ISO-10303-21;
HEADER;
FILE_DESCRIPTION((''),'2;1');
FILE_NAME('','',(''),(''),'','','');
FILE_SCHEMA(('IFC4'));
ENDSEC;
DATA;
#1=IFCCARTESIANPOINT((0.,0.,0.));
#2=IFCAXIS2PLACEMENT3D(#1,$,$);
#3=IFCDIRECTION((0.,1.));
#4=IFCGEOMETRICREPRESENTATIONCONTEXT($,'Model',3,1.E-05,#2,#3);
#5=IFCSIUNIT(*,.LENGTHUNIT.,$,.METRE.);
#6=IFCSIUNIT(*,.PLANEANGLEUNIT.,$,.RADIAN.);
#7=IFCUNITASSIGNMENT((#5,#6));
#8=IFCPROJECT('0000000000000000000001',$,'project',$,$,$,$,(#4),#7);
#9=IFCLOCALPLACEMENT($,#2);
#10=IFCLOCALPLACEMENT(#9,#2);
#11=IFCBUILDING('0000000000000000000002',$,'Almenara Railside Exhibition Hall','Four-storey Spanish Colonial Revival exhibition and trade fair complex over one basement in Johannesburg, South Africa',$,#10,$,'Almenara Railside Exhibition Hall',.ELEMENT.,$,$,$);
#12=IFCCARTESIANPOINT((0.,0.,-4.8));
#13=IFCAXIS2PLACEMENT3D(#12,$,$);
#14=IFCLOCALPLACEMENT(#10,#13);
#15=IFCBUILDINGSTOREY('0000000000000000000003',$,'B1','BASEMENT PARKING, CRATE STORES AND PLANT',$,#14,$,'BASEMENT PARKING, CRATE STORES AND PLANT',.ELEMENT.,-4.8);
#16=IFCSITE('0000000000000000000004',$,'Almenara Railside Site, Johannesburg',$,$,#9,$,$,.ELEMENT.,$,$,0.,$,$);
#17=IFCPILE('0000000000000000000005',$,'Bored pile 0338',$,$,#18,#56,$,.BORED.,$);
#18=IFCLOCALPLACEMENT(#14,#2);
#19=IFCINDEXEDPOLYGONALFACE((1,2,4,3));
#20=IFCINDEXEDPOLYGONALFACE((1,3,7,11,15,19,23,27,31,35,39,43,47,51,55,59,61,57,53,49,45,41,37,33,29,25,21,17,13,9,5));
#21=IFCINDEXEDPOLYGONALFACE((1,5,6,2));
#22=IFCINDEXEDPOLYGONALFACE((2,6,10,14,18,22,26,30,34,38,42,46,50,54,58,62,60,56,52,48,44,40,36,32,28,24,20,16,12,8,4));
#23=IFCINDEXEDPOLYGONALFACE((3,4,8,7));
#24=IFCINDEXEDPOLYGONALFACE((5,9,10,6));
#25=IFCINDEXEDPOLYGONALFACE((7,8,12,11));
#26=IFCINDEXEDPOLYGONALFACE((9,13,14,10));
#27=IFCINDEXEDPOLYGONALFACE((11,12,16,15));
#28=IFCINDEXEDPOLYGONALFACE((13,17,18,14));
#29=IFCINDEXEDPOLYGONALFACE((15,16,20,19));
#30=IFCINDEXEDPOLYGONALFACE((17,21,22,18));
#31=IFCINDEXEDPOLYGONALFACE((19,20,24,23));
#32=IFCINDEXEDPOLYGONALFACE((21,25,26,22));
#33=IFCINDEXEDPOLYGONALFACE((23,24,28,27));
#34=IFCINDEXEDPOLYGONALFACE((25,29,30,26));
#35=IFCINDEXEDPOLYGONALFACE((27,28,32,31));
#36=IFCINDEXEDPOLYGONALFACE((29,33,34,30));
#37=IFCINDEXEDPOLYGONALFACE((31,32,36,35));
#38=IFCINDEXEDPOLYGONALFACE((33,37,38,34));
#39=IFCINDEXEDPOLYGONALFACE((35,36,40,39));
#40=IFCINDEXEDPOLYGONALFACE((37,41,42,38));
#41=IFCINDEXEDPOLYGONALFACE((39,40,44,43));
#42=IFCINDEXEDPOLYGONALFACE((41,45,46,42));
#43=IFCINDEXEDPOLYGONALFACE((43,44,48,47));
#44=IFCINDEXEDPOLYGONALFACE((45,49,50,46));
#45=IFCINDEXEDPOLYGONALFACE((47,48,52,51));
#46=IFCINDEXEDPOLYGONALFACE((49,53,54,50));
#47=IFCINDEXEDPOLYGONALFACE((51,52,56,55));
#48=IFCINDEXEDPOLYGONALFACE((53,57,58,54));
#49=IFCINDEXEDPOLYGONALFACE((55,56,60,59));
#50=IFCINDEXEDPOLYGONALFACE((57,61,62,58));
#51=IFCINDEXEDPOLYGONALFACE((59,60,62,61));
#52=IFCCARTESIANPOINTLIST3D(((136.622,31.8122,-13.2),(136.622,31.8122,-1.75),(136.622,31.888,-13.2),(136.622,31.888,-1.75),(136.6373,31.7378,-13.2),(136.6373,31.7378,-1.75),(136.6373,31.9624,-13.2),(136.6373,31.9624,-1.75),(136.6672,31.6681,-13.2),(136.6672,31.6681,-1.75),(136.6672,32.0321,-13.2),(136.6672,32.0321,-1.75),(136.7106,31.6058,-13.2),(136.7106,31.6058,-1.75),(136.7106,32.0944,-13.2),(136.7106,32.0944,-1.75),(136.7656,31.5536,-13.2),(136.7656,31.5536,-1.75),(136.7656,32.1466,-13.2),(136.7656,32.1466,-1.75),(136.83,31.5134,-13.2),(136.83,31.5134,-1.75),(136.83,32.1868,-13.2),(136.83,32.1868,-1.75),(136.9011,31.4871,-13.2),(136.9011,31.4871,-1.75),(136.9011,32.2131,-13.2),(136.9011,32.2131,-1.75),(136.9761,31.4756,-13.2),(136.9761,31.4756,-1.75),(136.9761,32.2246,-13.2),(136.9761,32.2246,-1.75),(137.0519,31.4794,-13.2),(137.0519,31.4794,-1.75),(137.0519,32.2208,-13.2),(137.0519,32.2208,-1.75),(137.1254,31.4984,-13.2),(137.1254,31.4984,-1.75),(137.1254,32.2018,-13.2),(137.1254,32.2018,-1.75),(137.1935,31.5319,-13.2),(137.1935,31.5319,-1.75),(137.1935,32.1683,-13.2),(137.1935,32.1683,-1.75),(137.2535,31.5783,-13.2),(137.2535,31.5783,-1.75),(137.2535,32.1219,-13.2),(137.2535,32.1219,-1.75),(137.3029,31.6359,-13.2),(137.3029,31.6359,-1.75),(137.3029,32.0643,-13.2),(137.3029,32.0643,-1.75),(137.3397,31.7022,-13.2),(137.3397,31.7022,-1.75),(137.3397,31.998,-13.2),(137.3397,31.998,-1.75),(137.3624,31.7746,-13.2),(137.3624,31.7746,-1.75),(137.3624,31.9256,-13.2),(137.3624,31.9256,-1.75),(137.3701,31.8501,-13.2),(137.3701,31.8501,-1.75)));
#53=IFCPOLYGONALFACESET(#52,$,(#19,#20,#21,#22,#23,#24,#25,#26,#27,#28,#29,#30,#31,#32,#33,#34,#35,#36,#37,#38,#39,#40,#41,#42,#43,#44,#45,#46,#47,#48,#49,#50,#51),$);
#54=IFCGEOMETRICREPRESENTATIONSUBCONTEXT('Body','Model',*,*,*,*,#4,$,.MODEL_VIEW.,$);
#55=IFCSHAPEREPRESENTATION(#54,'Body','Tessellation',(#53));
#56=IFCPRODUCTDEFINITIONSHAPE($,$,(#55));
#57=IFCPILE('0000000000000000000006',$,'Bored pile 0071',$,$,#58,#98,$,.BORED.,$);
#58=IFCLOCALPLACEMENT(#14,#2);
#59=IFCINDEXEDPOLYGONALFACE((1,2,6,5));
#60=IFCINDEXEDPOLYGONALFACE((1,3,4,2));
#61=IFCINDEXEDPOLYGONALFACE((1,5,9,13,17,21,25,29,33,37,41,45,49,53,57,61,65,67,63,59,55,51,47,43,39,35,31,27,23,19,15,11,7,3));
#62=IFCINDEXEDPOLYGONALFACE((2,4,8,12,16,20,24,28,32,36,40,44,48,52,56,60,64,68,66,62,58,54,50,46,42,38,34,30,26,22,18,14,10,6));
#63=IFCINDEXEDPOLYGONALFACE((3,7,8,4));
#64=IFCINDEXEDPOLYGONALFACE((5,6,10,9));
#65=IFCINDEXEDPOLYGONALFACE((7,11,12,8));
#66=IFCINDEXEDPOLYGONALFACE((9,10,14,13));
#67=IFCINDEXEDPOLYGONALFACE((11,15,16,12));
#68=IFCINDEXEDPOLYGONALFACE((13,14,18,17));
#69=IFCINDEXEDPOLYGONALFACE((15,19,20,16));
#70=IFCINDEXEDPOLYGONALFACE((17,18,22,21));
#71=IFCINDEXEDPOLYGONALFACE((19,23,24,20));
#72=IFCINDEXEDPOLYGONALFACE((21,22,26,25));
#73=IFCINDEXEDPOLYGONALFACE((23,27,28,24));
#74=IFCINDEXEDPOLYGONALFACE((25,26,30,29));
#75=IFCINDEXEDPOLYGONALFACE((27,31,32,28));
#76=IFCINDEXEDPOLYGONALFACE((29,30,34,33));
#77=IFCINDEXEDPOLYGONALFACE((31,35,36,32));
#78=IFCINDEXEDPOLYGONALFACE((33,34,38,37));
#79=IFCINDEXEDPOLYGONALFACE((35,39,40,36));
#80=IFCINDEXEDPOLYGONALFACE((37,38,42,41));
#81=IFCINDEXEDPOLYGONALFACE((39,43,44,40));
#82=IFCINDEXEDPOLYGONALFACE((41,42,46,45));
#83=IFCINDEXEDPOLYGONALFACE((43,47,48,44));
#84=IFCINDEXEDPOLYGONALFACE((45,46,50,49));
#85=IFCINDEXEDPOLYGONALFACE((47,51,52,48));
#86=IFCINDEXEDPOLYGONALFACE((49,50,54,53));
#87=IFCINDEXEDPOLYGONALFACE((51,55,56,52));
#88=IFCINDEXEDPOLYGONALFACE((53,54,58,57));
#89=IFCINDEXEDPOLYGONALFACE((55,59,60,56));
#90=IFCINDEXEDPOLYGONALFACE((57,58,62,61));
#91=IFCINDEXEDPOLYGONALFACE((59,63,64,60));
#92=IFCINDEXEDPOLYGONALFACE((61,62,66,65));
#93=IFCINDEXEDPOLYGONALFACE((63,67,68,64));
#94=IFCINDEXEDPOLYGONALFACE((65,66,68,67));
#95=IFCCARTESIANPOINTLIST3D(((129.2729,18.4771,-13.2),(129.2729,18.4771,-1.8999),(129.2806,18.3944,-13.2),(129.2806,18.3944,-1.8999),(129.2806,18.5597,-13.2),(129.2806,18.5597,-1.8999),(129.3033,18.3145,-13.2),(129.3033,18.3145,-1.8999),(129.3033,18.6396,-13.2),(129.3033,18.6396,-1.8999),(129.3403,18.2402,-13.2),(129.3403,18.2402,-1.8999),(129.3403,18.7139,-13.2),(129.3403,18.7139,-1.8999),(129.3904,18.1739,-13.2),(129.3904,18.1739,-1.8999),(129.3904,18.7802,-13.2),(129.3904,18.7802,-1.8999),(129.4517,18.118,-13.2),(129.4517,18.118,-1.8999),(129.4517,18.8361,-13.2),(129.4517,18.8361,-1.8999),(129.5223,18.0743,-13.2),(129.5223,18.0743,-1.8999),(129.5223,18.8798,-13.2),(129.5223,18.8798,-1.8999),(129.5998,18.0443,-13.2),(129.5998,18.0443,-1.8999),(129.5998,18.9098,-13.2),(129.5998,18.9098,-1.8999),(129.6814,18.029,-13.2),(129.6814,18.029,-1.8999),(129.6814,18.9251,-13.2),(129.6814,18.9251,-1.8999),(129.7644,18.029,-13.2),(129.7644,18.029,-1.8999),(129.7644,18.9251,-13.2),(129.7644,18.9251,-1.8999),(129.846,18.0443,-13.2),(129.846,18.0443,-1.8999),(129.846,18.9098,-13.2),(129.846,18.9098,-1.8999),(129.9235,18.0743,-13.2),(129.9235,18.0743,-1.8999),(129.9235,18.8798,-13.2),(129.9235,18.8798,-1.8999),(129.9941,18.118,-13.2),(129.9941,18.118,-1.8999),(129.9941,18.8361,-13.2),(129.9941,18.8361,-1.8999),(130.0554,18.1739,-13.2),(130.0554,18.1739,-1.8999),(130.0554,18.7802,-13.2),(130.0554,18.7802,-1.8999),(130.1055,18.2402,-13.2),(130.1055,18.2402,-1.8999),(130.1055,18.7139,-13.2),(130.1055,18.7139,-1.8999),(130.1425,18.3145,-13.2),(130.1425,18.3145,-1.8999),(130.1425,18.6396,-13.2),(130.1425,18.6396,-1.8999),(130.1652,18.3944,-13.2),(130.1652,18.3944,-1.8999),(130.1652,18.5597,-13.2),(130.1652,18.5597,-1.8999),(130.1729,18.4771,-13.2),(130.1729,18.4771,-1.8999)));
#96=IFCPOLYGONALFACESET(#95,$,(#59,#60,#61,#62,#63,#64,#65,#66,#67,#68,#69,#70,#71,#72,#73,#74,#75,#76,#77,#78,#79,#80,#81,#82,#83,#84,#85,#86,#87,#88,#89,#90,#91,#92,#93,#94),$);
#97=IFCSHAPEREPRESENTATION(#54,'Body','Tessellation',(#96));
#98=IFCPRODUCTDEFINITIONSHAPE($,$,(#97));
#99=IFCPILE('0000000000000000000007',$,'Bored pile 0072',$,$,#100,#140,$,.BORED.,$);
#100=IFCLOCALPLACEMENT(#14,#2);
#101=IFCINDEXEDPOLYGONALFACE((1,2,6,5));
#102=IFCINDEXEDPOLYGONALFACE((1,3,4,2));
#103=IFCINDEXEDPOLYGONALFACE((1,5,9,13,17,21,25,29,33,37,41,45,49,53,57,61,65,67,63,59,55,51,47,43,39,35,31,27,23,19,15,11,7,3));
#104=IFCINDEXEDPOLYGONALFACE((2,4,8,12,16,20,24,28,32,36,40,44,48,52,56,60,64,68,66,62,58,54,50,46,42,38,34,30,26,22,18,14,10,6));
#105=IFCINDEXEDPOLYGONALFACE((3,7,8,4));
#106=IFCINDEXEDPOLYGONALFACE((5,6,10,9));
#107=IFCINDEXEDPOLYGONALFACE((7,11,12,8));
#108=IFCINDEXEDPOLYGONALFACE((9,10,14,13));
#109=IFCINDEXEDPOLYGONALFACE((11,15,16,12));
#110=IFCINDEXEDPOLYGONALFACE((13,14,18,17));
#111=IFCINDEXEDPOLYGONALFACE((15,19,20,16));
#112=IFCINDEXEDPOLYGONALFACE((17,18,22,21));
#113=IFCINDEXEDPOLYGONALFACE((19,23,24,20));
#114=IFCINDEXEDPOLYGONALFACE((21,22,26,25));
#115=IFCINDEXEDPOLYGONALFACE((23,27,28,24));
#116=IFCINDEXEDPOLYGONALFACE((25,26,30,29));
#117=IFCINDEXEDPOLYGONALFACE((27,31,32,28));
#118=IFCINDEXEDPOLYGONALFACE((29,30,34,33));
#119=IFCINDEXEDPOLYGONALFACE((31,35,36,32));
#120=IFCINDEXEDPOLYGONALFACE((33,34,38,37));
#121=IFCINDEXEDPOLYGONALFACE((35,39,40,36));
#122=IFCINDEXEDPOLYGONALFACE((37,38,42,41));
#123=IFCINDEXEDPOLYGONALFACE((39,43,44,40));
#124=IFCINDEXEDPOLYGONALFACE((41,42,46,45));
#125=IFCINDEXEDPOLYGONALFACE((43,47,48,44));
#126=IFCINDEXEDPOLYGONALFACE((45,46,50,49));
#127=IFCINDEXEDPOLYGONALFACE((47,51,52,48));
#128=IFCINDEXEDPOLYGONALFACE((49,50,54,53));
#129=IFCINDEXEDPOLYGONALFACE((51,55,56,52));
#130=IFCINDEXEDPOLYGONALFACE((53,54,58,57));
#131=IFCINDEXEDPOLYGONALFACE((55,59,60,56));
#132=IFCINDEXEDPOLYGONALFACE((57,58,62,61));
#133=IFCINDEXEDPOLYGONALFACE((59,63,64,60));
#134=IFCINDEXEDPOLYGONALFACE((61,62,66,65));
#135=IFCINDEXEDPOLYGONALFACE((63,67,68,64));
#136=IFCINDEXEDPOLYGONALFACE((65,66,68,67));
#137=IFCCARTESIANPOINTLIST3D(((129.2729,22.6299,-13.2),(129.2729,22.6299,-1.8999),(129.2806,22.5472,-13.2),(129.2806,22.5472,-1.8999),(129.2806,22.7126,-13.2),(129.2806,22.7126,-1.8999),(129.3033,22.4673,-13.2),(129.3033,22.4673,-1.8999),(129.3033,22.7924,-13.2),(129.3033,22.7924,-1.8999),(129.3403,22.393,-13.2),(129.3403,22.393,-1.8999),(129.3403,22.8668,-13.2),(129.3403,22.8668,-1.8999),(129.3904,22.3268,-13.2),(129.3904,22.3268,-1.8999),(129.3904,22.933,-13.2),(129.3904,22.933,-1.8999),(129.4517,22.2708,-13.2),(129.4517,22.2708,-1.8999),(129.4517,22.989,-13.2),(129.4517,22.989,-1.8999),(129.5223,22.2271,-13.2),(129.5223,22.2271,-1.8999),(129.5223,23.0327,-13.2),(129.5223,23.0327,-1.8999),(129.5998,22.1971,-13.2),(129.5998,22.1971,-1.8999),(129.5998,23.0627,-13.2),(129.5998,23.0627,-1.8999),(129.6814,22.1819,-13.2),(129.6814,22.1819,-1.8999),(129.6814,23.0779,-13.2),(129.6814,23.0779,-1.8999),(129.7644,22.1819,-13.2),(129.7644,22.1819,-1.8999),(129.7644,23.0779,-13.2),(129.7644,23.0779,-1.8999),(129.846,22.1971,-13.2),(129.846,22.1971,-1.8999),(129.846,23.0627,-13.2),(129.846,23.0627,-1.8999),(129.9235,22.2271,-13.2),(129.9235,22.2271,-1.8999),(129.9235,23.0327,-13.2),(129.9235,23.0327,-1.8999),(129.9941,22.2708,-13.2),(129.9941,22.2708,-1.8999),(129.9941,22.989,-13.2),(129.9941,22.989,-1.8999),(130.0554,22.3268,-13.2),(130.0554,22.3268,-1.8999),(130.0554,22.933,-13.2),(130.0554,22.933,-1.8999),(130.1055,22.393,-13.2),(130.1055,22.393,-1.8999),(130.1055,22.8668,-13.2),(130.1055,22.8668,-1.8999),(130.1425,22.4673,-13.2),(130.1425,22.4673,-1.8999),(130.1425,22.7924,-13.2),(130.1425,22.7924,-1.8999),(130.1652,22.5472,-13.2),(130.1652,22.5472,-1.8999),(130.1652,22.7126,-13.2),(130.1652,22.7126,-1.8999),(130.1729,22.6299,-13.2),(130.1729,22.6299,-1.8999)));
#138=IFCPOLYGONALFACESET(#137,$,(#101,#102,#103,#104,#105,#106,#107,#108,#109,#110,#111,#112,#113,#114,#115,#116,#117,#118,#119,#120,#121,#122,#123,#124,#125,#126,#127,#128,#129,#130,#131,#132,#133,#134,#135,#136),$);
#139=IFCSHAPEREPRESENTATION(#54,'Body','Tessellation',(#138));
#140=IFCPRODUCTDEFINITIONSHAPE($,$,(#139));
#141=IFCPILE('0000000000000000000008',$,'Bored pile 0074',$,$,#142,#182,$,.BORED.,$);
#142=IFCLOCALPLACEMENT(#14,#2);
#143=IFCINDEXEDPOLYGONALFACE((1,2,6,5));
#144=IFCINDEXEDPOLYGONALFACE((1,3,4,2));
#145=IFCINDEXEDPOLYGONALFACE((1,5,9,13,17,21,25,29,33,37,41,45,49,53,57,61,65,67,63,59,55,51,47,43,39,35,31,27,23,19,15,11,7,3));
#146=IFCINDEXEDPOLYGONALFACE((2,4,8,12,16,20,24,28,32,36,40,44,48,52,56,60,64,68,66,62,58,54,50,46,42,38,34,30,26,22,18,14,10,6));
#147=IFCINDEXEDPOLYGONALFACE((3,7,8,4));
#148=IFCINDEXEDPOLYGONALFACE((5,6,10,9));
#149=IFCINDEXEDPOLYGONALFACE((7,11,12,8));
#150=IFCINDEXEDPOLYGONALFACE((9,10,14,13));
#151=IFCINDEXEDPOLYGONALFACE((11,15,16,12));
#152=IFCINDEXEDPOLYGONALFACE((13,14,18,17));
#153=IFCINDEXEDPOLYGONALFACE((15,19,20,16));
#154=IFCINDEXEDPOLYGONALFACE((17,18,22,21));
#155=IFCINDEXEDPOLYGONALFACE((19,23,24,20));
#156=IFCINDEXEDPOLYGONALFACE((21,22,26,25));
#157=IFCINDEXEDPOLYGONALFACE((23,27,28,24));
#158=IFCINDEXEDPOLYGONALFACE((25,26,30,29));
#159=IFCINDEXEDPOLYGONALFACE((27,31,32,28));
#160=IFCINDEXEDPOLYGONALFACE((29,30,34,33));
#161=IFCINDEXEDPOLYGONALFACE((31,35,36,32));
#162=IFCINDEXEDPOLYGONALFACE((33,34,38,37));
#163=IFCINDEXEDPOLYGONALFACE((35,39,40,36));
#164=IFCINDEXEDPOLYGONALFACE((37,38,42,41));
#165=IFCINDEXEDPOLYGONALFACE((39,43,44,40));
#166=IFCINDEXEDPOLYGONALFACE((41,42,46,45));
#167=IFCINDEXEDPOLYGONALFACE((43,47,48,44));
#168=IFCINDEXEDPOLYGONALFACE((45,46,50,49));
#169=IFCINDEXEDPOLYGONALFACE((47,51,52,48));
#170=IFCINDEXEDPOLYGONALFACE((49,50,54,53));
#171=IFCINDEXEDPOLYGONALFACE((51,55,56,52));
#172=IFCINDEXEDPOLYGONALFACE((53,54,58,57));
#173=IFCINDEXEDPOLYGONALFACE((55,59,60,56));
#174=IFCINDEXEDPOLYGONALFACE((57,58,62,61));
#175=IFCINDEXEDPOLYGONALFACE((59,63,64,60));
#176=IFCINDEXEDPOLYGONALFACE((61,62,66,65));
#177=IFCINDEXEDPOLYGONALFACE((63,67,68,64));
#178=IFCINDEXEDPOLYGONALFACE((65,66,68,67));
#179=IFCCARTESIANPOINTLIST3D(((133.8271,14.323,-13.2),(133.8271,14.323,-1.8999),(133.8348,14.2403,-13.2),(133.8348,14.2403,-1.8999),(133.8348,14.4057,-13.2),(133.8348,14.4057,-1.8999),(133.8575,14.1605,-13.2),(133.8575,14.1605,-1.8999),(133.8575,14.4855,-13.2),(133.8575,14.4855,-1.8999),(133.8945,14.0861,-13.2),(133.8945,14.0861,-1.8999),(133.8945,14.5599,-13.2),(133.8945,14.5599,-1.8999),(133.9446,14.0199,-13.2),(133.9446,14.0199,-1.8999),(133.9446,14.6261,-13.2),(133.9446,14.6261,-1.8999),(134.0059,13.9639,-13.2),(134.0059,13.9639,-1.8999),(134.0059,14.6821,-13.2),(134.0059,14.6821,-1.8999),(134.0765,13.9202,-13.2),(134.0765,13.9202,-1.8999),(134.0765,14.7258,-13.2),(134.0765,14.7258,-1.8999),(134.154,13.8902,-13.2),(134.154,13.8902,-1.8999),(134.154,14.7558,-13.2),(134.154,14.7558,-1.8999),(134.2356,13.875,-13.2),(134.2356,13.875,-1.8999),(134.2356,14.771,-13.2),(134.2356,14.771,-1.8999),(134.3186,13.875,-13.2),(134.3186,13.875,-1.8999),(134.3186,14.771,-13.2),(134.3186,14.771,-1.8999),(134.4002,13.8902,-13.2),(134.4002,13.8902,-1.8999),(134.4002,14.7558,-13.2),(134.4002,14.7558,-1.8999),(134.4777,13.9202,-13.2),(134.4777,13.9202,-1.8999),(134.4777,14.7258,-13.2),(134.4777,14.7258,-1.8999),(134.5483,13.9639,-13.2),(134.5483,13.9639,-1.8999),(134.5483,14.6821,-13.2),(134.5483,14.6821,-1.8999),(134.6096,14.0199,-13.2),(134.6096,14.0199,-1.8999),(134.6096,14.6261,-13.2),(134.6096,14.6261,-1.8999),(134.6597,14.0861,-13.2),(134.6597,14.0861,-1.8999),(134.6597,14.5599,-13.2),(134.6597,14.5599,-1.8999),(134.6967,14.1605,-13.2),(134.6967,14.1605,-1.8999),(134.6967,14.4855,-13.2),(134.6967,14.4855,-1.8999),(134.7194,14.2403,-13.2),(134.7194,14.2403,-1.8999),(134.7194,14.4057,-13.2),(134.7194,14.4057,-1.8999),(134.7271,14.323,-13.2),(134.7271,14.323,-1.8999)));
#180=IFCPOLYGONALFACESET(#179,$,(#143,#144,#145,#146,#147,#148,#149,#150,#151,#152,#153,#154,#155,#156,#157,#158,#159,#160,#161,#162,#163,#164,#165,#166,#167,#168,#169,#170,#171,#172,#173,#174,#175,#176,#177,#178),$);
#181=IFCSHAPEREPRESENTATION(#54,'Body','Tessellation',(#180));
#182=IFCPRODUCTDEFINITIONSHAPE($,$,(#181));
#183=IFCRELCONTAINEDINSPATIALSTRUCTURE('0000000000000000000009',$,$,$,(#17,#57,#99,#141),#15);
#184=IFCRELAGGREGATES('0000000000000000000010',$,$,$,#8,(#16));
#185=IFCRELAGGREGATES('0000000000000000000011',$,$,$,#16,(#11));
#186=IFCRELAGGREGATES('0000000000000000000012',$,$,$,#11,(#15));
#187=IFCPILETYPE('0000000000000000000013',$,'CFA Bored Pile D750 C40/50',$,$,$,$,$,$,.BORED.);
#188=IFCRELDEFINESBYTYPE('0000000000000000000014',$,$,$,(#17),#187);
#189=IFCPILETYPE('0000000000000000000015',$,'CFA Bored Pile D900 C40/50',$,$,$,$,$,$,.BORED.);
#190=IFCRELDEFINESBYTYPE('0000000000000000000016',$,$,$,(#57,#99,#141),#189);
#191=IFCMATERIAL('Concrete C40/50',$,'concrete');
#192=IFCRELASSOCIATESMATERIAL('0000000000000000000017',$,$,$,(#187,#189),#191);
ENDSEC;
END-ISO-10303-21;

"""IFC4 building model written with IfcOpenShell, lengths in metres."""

from ifc_helpers import new_model, si_unit, direction, frame, origin, origin_2d, place, context, subcontext, project, spatial, circle, extrude, material, material_profile, profile_set, type_object, element, save


model = new_model("IFC4")

# Units and contexts
model_context = context("Model", 3, precision=1e-05, world=origin(), true_north=direction((0.0, 1.0)))
body_context = subcontext(model_context, "Body", "Model", "MODEL_VIEW")
ifc_project = project(units=[si_unit("LENGTHUNIT", "METRE"), si_unit("PLANEANGLEUNIT", "RADIAN")], contexts=[model_context])

# Site, building, storey
site_placement = place(None, origin())
site = spatial("IfcSite", under=ifc_project, at=site_placement, Name="Almenara Railside Site, Johannesburg", CompositionType="ELEMENT", RefElevation=0.0)
building_placement = place(site_placement, origin())
building = spatial("IfcBuilding", under=site, at=building_placement, Name="Almenara Railside Exhibition Hall", Description="Four-storey Spanish Colonial Revival exhibition and trade fair complex over one basement in Johannesburg, South Africa", LongName="Almenara Railside Exhibition Hall", CompositionType="ELEMENT")
storey_placement = place(building_placement, frame((0.0, 0.0, -4.8)))
storey = spatial("IfcBuildingStorey", under=building, at=storey_placement, Name="B1", Description="BASEMENT PARKING, CRATE STORES AND PLANT", LongName="BASEMENT PARKING, CRATE STORES AND PLANT", CompositionType="ELEMENT", Elevation=-4.8)

# Piles
ifc_material_1 = material(Name="Concrete C40/50", Category="concrete")
ifc_material_profile_1 = material_profile(ifc_material_1, circle(Radius=0.375, at=origin_2d()), Name="CFA-PILE D750")
ifc_profile_set_1 = profile_set([ifc_material_profile_1], Name="Concrete C40/50")
pile_type_1 = type_object("IfcPileType", Name="CFA Bored Pile D750 C40/50", PredefinedType="BORED", material=ifc_profile_set_1)
pile_placement = place(storey_placement, frame((136.9951, 31.8501, -1.75), z_axis=(0.0, 0.0, -1.0), x_axis=(1.0, 0.0, 0.0)))
element("IfcPile", 1, at=pile_placement, inside=storey, type_object=pile_type_1, Name="Bored pile 0338", PredefinedType="BORED", context=body_context, shape_type="SweptSolid", body=[
    extrude(circle(Radius=0.375, at=origin_2d()), origin(), (0.0, 0.0, 1.0), 11.45),
])
ifc_material_profile_2 = material_profile(ifc_material_1, circle(Radius=0.45, at=origin_2d()), Name="CFA-PILE D900")
ifc_profile_set_2 = profile_set([ifc_material_profile_2], Name="Concrete C40/50")
pile_type_2 = type_object("IfcPileType", Name="CFA Bored Pile D900 C40/50", PredefinedType="BORED", material=ifc_profile_set_2)
for number, where, z_axis, x_axis, name in (
    (2, (129.7229, 18.4771, -1.8999), (0.0, 0.0, -1.0), (1.0, 0.0, 0.0), "Bored pile 0071"),
    (3, (129.7229, 22.6299, -1.8999), (0.0, 0.0, -1.0), (1.0, 0.0, 0.0), "Bored pile 0072"),
    (4, (134.2771, 14.323, -1.8999), (0.0, 0.0, -1.0), (1.0, 0.0, 0.0), "Bored pile 0074"),
):
    element("IfcPile", number, at=place(storey_placement, frame(where, z_axis=z_axis, x_axis=x_axis)), inside=storey, type_object=pile_type_2, Name=name, PredefinedType="BORED", context=body_context, shape_type="SweptSolid", body=[
        extrude(circle(Radius=0.45, at=origin_2d()), origin(), (0.0, 0.0, 1.0), 11.3),
    ])

save(model, "model.ifc")
